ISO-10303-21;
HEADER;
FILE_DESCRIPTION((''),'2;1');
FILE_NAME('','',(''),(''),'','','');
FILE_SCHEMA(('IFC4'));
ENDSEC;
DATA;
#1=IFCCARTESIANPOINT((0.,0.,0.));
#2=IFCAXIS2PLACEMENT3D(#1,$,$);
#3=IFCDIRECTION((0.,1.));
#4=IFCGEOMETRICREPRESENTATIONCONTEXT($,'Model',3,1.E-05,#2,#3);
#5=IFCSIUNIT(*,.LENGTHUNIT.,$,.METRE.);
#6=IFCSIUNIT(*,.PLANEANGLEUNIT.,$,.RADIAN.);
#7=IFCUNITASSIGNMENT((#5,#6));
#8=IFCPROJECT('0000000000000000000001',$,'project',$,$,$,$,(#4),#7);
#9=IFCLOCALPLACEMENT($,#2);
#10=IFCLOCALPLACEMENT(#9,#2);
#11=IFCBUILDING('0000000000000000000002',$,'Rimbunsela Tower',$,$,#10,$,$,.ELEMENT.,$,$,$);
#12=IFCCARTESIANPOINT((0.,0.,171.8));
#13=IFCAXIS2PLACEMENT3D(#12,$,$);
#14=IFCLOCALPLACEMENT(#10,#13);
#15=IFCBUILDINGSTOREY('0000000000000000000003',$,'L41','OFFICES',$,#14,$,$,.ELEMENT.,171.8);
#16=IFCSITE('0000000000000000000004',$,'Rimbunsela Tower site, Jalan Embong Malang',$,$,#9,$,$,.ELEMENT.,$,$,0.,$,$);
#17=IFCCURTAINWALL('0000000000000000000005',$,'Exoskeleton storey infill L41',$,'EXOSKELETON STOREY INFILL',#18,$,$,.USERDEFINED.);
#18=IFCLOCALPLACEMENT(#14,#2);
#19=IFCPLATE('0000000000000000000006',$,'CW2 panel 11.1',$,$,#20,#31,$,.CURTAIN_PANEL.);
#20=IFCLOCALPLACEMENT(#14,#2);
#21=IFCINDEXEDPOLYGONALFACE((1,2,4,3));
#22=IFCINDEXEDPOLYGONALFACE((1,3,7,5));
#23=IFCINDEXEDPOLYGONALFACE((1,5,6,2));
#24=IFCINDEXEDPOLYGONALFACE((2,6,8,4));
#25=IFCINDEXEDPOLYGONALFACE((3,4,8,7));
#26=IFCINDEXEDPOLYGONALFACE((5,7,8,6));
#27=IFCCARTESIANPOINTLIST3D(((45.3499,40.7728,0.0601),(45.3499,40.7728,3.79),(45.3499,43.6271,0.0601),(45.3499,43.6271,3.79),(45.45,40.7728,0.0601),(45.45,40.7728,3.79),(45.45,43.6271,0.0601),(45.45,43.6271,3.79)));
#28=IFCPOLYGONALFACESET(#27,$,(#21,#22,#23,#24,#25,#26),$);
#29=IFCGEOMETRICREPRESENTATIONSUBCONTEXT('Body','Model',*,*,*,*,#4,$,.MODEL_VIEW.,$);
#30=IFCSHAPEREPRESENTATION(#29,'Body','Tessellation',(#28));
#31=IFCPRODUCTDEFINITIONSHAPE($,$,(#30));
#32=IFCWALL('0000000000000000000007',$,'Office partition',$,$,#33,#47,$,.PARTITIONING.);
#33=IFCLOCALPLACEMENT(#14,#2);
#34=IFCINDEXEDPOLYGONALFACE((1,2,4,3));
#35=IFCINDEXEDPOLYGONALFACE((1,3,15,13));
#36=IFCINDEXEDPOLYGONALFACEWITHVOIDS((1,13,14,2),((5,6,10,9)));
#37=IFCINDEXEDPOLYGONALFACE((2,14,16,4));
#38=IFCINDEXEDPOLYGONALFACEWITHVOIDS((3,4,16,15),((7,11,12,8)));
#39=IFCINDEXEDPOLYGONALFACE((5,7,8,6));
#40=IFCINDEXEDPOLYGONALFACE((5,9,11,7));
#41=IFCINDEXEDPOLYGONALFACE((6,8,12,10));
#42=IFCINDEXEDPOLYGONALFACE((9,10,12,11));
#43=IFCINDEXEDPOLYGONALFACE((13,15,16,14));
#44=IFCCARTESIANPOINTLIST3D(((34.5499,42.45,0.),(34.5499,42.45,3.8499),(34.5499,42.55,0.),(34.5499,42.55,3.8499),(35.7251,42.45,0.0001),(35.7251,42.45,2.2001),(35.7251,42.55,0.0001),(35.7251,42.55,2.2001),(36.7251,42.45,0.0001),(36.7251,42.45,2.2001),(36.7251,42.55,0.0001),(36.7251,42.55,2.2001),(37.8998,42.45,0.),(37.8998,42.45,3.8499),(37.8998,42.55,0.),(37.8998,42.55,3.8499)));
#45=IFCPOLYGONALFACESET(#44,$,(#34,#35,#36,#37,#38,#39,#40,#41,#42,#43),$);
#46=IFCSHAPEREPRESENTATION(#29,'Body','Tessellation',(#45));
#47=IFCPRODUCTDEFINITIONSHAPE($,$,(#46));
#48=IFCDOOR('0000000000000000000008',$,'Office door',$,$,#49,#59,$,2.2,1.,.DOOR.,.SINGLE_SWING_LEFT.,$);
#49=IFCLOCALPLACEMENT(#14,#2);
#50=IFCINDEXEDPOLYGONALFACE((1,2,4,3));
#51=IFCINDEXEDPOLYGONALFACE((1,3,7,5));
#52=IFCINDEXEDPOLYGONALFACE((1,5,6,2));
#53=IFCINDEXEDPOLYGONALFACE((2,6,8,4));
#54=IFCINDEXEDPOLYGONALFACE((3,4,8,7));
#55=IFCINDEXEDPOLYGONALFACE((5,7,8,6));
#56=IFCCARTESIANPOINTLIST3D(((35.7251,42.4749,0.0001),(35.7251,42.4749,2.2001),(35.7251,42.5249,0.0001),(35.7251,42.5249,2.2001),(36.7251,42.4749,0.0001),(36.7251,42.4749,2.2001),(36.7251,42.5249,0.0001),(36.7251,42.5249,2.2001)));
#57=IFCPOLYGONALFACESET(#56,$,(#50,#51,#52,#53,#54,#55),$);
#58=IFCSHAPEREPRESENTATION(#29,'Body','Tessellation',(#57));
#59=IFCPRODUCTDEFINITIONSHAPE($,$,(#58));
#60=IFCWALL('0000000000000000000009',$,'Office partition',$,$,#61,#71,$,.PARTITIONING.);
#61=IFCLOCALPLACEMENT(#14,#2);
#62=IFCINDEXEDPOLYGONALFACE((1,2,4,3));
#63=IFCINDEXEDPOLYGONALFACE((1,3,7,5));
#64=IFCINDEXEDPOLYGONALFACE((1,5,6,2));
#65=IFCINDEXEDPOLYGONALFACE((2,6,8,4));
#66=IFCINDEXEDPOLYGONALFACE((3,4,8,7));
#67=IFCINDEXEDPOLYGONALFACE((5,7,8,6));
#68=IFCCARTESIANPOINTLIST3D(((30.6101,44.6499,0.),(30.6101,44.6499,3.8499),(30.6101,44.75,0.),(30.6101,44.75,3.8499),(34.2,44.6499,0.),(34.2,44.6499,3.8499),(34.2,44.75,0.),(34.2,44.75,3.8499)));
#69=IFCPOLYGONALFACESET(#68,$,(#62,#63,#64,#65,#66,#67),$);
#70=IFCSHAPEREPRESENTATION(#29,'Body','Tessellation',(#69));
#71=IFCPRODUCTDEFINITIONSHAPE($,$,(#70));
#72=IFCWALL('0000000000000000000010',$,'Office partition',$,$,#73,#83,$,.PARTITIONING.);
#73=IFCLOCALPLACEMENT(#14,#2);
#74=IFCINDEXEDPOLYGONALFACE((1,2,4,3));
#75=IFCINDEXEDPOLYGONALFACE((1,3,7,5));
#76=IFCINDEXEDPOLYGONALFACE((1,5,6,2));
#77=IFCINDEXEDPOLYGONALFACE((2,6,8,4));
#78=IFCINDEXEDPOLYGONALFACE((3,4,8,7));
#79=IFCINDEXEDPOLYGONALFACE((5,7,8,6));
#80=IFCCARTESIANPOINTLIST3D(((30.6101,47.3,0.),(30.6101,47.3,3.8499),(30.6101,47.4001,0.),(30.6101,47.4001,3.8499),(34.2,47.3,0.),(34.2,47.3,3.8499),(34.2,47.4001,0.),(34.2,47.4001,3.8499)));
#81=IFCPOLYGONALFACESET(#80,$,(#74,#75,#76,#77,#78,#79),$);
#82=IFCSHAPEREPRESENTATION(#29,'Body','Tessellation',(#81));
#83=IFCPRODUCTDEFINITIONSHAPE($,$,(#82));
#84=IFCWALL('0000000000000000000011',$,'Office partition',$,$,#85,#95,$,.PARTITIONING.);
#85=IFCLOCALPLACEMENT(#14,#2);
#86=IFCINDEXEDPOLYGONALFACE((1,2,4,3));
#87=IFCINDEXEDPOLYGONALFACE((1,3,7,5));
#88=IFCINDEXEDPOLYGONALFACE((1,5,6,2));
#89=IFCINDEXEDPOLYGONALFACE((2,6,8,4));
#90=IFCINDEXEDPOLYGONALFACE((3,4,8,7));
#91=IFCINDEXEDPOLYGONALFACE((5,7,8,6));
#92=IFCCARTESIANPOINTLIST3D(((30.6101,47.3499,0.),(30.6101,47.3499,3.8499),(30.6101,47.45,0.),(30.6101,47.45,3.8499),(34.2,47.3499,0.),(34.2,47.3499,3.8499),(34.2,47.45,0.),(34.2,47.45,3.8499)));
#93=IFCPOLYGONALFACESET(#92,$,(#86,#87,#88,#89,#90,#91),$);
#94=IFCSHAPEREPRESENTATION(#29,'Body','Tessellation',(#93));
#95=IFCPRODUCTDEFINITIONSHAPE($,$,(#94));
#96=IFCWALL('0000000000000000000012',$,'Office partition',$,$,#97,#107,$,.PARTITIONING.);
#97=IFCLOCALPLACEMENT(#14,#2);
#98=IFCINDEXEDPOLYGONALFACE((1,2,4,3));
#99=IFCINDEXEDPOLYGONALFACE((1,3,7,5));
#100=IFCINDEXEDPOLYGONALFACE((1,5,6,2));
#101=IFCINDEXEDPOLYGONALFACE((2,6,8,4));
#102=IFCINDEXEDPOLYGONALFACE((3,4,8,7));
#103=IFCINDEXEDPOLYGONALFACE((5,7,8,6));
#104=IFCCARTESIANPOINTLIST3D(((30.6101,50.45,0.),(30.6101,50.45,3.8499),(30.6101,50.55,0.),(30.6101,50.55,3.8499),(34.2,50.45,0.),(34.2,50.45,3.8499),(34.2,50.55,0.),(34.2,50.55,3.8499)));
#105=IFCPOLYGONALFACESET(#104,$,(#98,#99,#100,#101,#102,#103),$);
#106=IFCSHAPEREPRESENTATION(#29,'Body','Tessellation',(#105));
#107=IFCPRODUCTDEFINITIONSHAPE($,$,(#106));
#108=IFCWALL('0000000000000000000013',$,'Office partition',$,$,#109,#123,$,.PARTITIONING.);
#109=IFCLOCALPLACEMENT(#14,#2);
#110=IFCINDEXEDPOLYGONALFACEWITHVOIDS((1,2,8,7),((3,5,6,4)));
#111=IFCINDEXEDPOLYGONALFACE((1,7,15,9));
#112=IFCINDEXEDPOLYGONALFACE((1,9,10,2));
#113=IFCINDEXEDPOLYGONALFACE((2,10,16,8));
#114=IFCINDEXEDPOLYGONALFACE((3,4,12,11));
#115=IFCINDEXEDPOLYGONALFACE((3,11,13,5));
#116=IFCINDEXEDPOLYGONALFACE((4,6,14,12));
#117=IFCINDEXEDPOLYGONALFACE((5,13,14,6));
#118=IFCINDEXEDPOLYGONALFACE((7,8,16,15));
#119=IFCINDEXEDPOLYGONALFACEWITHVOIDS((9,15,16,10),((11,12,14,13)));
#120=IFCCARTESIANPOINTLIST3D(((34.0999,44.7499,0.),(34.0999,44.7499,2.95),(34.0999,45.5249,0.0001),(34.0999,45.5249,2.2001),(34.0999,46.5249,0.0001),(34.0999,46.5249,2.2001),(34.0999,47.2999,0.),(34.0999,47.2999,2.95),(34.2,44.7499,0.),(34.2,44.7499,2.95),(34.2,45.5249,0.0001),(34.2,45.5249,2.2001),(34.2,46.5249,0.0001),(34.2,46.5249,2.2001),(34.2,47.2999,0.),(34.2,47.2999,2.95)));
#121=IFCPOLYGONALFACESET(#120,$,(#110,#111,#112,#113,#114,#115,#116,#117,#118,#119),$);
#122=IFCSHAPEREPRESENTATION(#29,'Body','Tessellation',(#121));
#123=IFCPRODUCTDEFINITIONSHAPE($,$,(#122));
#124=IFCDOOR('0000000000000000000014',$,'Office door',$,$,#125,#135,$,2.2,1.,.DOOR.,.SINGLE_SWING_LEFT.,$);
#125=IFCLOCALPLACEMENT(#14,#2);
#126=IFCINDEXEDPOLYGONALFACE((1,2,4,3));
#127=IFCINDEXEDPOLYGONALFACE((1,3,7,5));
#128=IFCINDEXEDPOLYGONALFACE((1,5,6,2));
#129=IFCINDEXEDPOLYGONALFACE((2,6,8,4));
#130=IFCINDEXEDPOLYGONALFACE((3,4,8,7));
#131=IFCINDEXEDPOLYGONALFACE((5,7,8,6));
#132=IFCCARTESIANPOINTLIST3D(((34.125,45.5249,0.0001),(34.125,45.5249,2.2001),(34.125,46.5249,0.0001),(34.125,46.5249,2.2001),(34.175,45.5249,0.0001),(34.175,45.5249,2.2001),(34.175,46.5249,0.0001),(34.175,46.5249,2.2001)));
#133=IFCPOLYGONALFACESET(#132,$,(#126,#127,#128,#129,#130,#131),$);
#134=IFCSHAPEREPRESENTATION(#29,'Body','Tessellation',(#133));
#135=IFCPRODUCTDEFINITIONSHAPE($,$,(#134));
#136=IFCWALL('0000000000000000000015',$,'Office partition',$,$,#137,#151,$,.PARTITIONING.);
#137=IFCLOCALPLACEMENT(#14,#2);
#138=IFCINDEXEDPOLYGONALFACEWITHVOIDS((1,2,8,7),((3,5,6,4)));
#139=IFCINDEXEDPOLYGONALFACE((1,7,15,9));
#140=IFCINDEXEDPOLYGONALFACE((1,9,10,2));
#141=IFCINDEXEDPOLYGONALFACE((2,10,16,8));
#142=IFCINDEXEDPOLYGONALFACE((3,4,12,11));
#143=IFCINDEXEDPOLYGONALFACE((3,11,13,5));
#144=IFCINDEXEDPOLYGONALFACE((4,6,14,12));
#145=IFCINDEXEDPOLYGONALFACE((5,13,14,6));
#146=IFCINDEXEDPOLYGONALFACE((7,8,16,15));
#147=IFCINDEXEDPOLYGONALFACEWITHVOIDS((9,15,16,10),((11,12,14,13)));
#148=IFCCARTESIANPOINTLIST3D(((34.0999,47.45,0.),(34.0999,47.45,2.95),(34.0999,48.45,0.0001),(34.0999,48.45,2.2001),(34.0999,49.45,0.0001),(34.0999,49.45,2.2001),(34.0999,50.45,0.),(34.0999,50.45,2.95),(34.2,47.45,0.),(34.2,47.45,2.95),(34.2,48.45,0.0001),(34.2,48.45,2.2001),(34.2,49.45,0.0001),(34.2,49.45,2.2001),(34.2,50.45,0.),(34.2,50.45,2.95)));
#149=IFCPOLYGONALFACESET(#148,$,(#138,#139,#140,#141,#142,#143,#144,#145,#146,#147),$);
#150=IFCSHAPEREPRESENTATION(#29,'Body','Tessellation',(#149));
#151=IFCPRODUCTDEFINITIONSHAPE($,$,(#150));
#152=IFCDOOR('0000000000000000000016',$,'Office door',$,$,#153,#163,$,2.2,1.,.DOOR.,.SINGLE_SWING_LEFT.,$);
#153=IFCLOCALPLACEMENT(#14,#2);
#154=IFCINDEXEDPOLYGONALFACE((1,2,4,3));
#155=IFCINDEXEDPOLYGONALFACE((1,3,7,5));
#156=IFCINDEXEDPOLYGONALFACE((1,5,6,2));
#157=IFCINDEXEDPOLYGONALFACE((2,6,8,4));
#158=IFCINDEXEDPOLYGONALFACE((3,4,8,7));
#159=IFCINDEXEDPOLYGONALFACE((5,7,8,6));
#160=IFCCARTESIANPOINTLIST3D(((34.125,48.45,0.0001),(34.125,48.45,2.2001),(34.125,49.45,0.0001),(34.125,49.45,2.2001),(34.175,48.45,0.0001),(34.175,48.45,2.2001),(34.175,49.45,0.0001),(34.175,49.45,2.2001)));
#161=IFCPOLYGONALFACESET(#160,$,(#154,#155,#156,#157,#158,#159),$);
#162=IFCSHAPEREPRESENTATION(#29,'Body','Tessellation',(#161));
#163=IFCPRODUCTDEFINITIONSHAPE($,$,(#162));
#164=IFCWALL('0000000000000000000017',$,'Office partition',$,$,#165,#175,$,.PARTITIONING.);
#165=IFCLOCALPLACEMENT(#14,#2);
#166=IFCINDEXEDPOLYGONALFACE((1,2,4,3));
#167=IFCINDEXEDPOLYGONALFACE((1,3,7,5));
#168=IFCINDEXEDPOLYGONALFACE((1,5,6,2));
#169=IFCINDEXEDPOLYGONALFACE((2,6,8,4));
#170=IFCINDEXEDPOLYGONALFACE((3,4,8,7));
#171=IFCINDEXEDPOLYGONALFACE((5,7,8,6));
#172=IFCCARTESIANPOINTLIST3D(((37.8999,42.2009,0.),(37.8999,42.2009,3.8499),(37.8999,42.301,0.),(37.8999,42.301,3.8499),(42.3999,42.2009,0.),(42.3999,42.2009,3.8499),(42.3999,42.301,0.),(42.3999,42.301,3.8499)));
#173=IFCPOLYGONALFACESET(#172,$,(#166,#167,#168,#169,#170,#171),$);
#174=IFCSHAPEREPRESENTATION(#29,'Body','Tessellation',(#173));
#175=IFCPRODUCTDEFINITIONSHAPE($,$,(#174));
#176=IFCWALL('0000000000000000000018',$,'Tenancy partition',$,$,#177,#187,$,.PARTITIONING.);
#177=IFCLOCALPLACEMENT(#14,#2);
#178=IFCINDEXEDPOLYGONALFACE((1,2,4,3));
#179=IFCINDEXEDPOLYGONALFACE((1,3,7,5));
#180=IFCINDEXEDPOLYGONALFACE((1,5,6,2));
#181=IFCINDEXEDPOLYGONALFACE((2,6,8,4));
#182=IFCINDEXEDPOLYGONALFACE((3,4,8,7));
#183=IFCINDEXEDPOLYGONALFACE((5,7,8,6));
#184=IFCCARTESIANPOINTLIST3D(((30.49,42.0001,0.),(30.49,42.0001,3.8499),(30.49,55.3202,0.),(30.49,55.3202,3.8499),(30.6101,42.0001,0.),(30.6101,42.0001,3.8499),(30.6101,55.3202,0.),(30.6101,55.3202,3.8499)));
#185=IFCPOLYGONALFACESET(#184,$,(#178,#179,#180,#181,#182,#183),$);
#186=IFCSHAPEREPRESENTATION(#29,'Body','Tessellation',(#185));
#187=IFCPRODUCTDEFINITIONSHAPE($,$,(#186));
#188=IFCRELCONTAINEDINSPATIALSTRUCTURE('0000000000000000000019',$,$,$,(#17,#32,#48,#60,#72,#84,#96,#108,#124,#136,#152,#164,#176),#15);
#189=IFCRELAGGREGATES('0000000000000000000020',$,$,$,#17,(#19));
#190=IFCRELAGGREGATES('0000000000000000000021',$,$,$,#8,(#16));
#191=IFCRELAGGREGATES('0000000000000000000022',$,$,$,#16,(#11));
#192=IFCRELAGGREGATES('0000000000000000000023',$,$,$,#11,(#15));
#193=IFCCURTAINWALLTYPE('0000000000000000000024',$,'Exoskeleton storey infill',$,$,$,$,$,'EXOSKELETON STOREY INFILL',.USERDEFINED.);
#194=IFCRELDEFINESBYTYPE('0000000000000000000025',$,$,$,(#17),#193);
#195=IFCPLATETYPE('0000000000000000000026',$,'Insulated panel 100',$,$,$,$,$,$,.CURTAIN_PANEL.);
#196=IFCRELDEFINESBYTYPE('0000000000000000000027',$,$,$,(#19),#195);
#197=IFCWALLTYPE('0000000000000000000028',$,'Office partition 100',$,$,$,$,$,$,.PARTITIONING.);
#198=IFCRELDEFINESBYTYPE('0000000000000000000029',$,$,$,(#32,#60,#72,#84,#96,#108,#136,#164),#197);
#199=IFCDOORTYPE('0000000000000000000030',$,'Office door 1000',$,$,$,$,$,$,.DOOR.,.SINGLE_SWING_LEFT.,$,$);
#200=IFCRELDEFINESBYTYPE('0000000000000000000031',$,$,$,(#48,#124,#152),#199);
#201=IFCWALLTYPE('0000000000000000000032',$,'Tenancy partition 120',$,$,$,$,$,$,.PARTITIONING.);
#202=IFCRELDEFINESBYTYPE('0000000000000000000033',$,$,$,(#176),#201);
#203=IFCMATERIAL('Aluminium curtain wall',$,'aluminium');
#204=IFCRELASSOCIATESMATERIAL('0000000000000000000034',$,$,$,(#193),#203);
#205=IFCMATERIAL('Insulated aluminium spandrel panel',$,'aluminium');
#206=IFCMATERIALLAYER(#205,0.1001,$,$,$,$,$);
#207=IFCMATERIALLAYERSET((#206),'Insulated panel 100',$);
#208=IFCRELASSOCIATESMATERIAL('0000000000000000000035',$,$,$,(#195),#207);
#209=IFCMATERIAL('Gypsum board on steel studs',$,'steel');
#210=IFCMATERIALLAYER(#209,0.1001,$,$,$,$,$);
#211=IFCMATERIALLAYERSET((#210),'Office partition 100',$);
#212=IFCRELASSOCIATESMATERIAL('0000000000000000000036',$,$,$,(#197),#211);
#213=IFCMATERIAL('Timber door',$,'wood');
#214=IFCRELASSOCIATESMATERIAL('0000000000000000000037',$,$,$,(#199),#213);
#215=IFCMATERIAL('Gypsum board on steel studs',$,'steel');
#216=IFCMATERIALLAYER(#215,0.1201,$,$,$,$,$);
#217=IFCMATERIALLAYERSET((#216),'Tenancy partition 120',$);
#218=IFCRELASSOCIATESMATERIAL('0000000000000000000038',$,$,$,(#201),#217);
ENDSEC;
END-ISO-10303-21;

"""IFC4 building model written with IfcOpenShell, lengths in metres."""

from ifc_helpers import new_model, si_unit, direction, frame, frame_2d, origin, origin_2d, place, context, subcontext, project, spatial, rectangle, extrude, material, layer, layer_set, type_object, element, fill, aggregate, save


model = new_model("IFC4")

# Units and contexts
model_context = context("Model", 3, precision=1e-05, world=origin(), true_north=direction((0.0, 1.0)))
body_context = subcontext(model_context, "Body", "Model", "MODEL_VIEW")
ifc_project = project(units=[si_unit("LENGTHUNIT", "METRE"), si_unit("PLANEANGLEUNIT", "RADIAN")], contexts=[model_context])

# Site, building, storey
site_placement = place(None, origin())
site = spatial("IfcSite", under=ifc_project, at=site_placement, Name="Rimbunsela Tower site, Jalan Embong Malang", CompositionType="ELEMENT", RefElevation=0.0)
building_placement = place(site_placement, origin())
building = spatial("IfcBuilding", under=site, at=building_placement, Name="Rimbunsela Tower", CompositionType="ELEMENT")
storey_placement = place(building_placement, frame((0.0, 0.0, 171.8)))
storey = spatial("IfcBuildingStorey", under=building, at=storey_placement, Name="L41", Description="OFFICES", CompositionType="ELEMENT", Elevation=171.8)

# Curtain wall
ifc_material_1 = material(Name="Aluminium curtain wall", Category="aluminium")
curtain_wall_type = type_object("IfcCurtainWallType", Name="Exoskeleton storey infill", ElementType="EXOSKELETON STOREY INFILL", PredefinedType="USERDEFINED", material=ifc_material_1)
curtain_wall_placement = place(storey_placement, origin())
curtain_wall = element("IfcCurtainWall", 1, at=curtain_wall_placement, inside=storey, type_object=curtain_wall_type, Name="Exoskeleton storey infill L41", ObjectType="EXOSKELETON STOREY INFILL", PredefinedType="USERDEFINED")

# Plate
ifc_material_2 = material(Name="Insulated aluminium spandrel panel", Category="aluminium")
ifc_layer_1 = layer(ifc_material_2, 0.1001)
ifc_layer_set_1 = layer_set([ifc_layer_1], Name="Insulated panel 100")
plate_type = type_object("IfcPlateType", Name="Insulated panel 100", PredefinedType="CURTAIN_PANEL", material=ifc_layer_set_1)
plate_placement = place(storey_placement, frame((45.3999, 42.2, 0.0601), z_axis=(0.0, 0.0, 1.0), x_axis=(0.0, 1.0, 0.0)))
plate = element("IfcPlate", 2, at=plate_placement, type_object=plate_type, Name="CW2 panel 11.1", PredefinedType="CURTAIN_PANEL", context=body_context, shape_type="SweptSolid", body=[
    extrude(rectangle(XDim=2.8542, YDim=0.1001, at=origin_2d()), origin(), (0.0, 0.0, 1.0), 3.73),
])
aggregate(curtain_wall, [plate])

# Wall, opening, door
ifc_material_3 = material(Name="Gypsum board on steel studs", Category="steel")
ifc_layer_2 = layer(ifc_material_3, 0.1001)
ifc_layer_set_2 = layer_set([ifc_layer_2], Name="Office partition 100")
wall_type_1 = type_object("IfcWallType", Name="Office partition 100", PredefinedType="PARTITIONING", material=ifc_layer_set_2)
wall_1_placement = place(storey_placement, frame((34.55, 42.5, 0.0), z_axis=(0.0, 0.0, 1.0), x_axis=(1.0, 0.0, 0.0)))
wall_1 = element("IfcWall", 3, at=wall_1_placement, inside=storey, type_object=wall_type_1, Name="Office partition", PredefinedType="PARTITIONING", context=body_context, shape_type="SweptSolid", body=[
    extrude(rectangle(XDim=3.3499, YDim=0.1001, at=frame_2d((1.6748, 0.0))), origin(), (0.0, 0.0, 1.0), 3.8499),
])
opening_1_placement = place(wall_1_placement, frame((1.175, 0.0, 0.0)))
opening_1 = element("IfcOpeningElement", 4, at=opening_1_placement, cuts=wall_1, PredefinedType="OPENING", context=body_context, shape_type="SweptSolid", body=[
    extrude(rectangle(XDim=1.0, YDim=2.2, at=frame_2d((0.5, 1.1001))), frame((0.0, 0.0601, 0.0), z_axis=(0.0, -1.0, 0.0), x_axis=(1.0, 0.0, 0.0)), (0.0, 0.0, 1.0), 0.1201),
])
ifc_material_4 = material(Name="Timber door", Category="wood")
door_type = type_object("IfcDoorType", Name="Office door 1000", OperationType="SINGLE_SWING_LEFT", PredefinedType="DOOR", material=ifc_material_4)
door_1_placement = place(opening_1_placement, origin())
door_1 = element("IfcDoor", 5, at=door_1_placement, inside=storey, type_object=door_type, Name="Office door", OperationType="SINGLE_SWING_LEFT", OverallHeight=2.2, OverallWidth=1.0, PredefinedType="DOOR", context=body_context, shape_type="SweptSolid", body=[
    extrude(rectangle(XDim=1.0, YDim=2.2, at=frame_2d((0.5, 1.1001))), frame((0.0, 0.0249, 0.0), z_axis=(0.0, -1.0, 0.0), x_axis=(1.0, 0.0, 0.0)), (0.0, 0.0, 1.0), 0.05),
])
fill(opening_1, door_1)

# Walls
for number, where, z_axis, x_axis, name in (
    (6, (30.6101, 44.7, 0.0), (0.0, 0.0, 1.0), (1.0, 0.0, 0.0), "Office partition"),
    (7, (30.6101, 47.3501, 0.0), (0.0, 0.0, 1.0), (1.0, 0.0, 0.0), "Office partition"),
    (8, (30.6101, 47.3999, 0.0), (0.0, 0.0, 1.0), (1.0, 0.0, 0.0), "Office partition"),
    (9, (30.6101, 50.5, 0.0), (0.0, 0.0, 1.0), (1.0, 0.0, 0.0), "Office partition"),
):
    element("IfcWall", number, at=place(storey_placement, frame(where, z_axis=z_axis, x_axis=x_axis)), inside=storey, type_object=wall_type_1, Name=name, PredefinedType="PARTITIONING", context=body_context, shape_type="SweptSolid", body=[
        extrude(rectangle(XDim=3.5898, YDim=0.1001, at=frame_2d((1.7949, 0.0))), origin(), (0.0, 0.0, 1.0), 3.8499),
    ])

# Walls, openings, doors
wall_2_placement = place(storey_placement, frame((34.1499, 44.75, 0.0), z_axis=(0.0, 0.0, 1.0), x_axis=(0.0, 1.0, 0.0)))
wall_2 = element("IfcWall", 10, at=wall_2_placement, inside=storey, type_object=wall_type_1, Name="Office partition", PredefinedType="PARTITIONING", context=body_context, shape_type="SweptSolid", body=[
    extrude(rectangle(XDim=2.55, YDim=0.1001, at=frame_2d((1.2749, 0.0))), origin(), (0.0, 0.0, 1.0), 2.95),
])
opening_2_placement = place(wall_2_placement, frame((0.7749, 0.0, 0.0)))
opening_2 = element("IfcOpeningElement", 11, at=opening_2_placement, cuts=wall_2, PredefinedType="OPENING", context=body_context, shape_type="SweptSolid", body=[
    extrude(rectangle(XDim=1.0, YDim=2.2, at=frame_2d((0.5, 1.1001))), frame((0.0, 0.0601, 0.0), z_axis=(0.0, -1.0, 0.0), x_axis=(1.0, 0.0, 0.0)), (0.0, 0.0, 1.0), 0.1201),
])
door_2_placement = place(opening_2_placement, origin())
door_2 = element("IfcDoor", 12, at=door_2_placement, inside=storey, type_object=door_type, Name="Office door", OperationType="SINGLE_SWING_LEFT", OverallHeight=2.2, OverallWidth=1.0, PredefinedType="DOOR", context=body_context, shape_type="SweptSolid", body=[
    extrude(rectangle(XDim=1.0, YDim=2.2, at=frame_2d((0.5, 1.1001))), frame((0.0, 0.0249, 0.0), z_axis=(0.0, -1.0, 0.0), x_axis=(1.0, 0.0, 0.0)), (0.0, 0.0, 1.0), 0.05),
])
fill(opening_2, door_2)
wall_3_placement = place(storey_placement, frame((34.1499, 47.45, 0.0), z_axis=(0.0, 0.0, 1.0), x_axis=(0.0, 1.0, 0.0)))
wall_3 = element("IfcWall", 13, at=wall_3_placement, inside=storey, type_object=wall_type_1, Name="Office partition", PredefinedType="PARTITIONING", context=body_context, shape_type="SweptSolid", body=[
    extrude(rectangle(XDim=3.0, YDim=0.1001, at=frame_2d((1.5, 0.0))), origin(), (0.0, 0.0, 1.0), 2.95),
])
opening_3_placement = place(wall_3_placement, frame((1.0, 0.0, 0.0)))
opening_3 = element("IfcOpeningElement", 14, at=opening_3_placement, cuts=wall_3, PredefinedType="OPENING", context=body_context, shape_type="SweptSolid", body=[
    extrude(rectangle(XDim=1.0, YDim=2.2, at=frame_2d((0.5, 1.1001))), frame((0.0, 0.0601, 0.0), z_axis=(0.0, -1.0, 0.0), x_axis=(1.0, 0.0, 0.0)), (0.0, 0.0, 1.0), 0.1201),
])
door_3_placement = place(opening_3_placement, origin())
door_3 = element("IfcDoor", 15, at=door_3_placement, inside=storey, type_object=door_type, Name="Office door", OperationType="SINGLE_SWING_LEFT", OverallHeight=2.2, OverallWidth=1.0, PredefinedType="DOOR", context=body_context, shape_type="SweptSolid", body=[
    extrude(rectangle(XDim=1.0, YDim=2.2, at=frame_2d((0.5, 1.1001))), frame((0.0, 0.0249, 0.0), z_axis=(0.0, -1.0, 0.0), x_axis=(1.0, 0.0, 0.0)), (0.0, 0.0, 1.0), 0.05),
])
fill(opening_3, door_3)

# Walls
wall_4_placement = place(storey_placement, frame((42.3999, 42.251, 0.0), z_axis=(0.0, 0.0, 1.0), x_axis=(-1.0, 0.0, 0.0)))
element("IfcWall", 16, at=wall_4_placement, inside=storey, type_object=wall_type_1, Name="Office partition", PredefinedType="PARTITIONING", context=body_context, shape_type="SweptSolid", body=[
    extrude(rectangle(XDim=4.5, YDim=0.1001, at=frame_2d((2.25, 0.0))), origin(), (0.0, 0.0, 1.0), 3.8499),
])
ifc_material_5 = material(Name="Gypsum board on steel studs", Category="steel")
ifc_layer_3 = layer(ifc_material_5, 0.1201)
ifc_layer_set_3 = layer_set([ifc_layer_3], Name="Tenancy partition 120")
wall_type_2 = type_object("IfcWallType", Name="Tenancy partition 120", PredefinedType="PARTITIONING", material=ifc_layer_set_3)
wall_5_placement = place(storey_placement, frame((30.55, 42.0, 0.0), z_axis=(0.0, 0.0, 1.0), x_axis=(0.0, 1.0, 0.0)))
element("IfcWall", 17, at=wall_5_placement, inside=storey, type_object=wall_type_2, Name="Tenancy partition", PredefinedType="PARTITIONING", context=body_context, shape_type="SweptSolid", body=[
    extrude(rectangle(XDim=13.3201, YDim=0.1201, at=frame_2d((6.6602, 0.0))), origin(), (0.0, 0.0, 1.0), 3.8499),
])

save(model, "model.ifc")
